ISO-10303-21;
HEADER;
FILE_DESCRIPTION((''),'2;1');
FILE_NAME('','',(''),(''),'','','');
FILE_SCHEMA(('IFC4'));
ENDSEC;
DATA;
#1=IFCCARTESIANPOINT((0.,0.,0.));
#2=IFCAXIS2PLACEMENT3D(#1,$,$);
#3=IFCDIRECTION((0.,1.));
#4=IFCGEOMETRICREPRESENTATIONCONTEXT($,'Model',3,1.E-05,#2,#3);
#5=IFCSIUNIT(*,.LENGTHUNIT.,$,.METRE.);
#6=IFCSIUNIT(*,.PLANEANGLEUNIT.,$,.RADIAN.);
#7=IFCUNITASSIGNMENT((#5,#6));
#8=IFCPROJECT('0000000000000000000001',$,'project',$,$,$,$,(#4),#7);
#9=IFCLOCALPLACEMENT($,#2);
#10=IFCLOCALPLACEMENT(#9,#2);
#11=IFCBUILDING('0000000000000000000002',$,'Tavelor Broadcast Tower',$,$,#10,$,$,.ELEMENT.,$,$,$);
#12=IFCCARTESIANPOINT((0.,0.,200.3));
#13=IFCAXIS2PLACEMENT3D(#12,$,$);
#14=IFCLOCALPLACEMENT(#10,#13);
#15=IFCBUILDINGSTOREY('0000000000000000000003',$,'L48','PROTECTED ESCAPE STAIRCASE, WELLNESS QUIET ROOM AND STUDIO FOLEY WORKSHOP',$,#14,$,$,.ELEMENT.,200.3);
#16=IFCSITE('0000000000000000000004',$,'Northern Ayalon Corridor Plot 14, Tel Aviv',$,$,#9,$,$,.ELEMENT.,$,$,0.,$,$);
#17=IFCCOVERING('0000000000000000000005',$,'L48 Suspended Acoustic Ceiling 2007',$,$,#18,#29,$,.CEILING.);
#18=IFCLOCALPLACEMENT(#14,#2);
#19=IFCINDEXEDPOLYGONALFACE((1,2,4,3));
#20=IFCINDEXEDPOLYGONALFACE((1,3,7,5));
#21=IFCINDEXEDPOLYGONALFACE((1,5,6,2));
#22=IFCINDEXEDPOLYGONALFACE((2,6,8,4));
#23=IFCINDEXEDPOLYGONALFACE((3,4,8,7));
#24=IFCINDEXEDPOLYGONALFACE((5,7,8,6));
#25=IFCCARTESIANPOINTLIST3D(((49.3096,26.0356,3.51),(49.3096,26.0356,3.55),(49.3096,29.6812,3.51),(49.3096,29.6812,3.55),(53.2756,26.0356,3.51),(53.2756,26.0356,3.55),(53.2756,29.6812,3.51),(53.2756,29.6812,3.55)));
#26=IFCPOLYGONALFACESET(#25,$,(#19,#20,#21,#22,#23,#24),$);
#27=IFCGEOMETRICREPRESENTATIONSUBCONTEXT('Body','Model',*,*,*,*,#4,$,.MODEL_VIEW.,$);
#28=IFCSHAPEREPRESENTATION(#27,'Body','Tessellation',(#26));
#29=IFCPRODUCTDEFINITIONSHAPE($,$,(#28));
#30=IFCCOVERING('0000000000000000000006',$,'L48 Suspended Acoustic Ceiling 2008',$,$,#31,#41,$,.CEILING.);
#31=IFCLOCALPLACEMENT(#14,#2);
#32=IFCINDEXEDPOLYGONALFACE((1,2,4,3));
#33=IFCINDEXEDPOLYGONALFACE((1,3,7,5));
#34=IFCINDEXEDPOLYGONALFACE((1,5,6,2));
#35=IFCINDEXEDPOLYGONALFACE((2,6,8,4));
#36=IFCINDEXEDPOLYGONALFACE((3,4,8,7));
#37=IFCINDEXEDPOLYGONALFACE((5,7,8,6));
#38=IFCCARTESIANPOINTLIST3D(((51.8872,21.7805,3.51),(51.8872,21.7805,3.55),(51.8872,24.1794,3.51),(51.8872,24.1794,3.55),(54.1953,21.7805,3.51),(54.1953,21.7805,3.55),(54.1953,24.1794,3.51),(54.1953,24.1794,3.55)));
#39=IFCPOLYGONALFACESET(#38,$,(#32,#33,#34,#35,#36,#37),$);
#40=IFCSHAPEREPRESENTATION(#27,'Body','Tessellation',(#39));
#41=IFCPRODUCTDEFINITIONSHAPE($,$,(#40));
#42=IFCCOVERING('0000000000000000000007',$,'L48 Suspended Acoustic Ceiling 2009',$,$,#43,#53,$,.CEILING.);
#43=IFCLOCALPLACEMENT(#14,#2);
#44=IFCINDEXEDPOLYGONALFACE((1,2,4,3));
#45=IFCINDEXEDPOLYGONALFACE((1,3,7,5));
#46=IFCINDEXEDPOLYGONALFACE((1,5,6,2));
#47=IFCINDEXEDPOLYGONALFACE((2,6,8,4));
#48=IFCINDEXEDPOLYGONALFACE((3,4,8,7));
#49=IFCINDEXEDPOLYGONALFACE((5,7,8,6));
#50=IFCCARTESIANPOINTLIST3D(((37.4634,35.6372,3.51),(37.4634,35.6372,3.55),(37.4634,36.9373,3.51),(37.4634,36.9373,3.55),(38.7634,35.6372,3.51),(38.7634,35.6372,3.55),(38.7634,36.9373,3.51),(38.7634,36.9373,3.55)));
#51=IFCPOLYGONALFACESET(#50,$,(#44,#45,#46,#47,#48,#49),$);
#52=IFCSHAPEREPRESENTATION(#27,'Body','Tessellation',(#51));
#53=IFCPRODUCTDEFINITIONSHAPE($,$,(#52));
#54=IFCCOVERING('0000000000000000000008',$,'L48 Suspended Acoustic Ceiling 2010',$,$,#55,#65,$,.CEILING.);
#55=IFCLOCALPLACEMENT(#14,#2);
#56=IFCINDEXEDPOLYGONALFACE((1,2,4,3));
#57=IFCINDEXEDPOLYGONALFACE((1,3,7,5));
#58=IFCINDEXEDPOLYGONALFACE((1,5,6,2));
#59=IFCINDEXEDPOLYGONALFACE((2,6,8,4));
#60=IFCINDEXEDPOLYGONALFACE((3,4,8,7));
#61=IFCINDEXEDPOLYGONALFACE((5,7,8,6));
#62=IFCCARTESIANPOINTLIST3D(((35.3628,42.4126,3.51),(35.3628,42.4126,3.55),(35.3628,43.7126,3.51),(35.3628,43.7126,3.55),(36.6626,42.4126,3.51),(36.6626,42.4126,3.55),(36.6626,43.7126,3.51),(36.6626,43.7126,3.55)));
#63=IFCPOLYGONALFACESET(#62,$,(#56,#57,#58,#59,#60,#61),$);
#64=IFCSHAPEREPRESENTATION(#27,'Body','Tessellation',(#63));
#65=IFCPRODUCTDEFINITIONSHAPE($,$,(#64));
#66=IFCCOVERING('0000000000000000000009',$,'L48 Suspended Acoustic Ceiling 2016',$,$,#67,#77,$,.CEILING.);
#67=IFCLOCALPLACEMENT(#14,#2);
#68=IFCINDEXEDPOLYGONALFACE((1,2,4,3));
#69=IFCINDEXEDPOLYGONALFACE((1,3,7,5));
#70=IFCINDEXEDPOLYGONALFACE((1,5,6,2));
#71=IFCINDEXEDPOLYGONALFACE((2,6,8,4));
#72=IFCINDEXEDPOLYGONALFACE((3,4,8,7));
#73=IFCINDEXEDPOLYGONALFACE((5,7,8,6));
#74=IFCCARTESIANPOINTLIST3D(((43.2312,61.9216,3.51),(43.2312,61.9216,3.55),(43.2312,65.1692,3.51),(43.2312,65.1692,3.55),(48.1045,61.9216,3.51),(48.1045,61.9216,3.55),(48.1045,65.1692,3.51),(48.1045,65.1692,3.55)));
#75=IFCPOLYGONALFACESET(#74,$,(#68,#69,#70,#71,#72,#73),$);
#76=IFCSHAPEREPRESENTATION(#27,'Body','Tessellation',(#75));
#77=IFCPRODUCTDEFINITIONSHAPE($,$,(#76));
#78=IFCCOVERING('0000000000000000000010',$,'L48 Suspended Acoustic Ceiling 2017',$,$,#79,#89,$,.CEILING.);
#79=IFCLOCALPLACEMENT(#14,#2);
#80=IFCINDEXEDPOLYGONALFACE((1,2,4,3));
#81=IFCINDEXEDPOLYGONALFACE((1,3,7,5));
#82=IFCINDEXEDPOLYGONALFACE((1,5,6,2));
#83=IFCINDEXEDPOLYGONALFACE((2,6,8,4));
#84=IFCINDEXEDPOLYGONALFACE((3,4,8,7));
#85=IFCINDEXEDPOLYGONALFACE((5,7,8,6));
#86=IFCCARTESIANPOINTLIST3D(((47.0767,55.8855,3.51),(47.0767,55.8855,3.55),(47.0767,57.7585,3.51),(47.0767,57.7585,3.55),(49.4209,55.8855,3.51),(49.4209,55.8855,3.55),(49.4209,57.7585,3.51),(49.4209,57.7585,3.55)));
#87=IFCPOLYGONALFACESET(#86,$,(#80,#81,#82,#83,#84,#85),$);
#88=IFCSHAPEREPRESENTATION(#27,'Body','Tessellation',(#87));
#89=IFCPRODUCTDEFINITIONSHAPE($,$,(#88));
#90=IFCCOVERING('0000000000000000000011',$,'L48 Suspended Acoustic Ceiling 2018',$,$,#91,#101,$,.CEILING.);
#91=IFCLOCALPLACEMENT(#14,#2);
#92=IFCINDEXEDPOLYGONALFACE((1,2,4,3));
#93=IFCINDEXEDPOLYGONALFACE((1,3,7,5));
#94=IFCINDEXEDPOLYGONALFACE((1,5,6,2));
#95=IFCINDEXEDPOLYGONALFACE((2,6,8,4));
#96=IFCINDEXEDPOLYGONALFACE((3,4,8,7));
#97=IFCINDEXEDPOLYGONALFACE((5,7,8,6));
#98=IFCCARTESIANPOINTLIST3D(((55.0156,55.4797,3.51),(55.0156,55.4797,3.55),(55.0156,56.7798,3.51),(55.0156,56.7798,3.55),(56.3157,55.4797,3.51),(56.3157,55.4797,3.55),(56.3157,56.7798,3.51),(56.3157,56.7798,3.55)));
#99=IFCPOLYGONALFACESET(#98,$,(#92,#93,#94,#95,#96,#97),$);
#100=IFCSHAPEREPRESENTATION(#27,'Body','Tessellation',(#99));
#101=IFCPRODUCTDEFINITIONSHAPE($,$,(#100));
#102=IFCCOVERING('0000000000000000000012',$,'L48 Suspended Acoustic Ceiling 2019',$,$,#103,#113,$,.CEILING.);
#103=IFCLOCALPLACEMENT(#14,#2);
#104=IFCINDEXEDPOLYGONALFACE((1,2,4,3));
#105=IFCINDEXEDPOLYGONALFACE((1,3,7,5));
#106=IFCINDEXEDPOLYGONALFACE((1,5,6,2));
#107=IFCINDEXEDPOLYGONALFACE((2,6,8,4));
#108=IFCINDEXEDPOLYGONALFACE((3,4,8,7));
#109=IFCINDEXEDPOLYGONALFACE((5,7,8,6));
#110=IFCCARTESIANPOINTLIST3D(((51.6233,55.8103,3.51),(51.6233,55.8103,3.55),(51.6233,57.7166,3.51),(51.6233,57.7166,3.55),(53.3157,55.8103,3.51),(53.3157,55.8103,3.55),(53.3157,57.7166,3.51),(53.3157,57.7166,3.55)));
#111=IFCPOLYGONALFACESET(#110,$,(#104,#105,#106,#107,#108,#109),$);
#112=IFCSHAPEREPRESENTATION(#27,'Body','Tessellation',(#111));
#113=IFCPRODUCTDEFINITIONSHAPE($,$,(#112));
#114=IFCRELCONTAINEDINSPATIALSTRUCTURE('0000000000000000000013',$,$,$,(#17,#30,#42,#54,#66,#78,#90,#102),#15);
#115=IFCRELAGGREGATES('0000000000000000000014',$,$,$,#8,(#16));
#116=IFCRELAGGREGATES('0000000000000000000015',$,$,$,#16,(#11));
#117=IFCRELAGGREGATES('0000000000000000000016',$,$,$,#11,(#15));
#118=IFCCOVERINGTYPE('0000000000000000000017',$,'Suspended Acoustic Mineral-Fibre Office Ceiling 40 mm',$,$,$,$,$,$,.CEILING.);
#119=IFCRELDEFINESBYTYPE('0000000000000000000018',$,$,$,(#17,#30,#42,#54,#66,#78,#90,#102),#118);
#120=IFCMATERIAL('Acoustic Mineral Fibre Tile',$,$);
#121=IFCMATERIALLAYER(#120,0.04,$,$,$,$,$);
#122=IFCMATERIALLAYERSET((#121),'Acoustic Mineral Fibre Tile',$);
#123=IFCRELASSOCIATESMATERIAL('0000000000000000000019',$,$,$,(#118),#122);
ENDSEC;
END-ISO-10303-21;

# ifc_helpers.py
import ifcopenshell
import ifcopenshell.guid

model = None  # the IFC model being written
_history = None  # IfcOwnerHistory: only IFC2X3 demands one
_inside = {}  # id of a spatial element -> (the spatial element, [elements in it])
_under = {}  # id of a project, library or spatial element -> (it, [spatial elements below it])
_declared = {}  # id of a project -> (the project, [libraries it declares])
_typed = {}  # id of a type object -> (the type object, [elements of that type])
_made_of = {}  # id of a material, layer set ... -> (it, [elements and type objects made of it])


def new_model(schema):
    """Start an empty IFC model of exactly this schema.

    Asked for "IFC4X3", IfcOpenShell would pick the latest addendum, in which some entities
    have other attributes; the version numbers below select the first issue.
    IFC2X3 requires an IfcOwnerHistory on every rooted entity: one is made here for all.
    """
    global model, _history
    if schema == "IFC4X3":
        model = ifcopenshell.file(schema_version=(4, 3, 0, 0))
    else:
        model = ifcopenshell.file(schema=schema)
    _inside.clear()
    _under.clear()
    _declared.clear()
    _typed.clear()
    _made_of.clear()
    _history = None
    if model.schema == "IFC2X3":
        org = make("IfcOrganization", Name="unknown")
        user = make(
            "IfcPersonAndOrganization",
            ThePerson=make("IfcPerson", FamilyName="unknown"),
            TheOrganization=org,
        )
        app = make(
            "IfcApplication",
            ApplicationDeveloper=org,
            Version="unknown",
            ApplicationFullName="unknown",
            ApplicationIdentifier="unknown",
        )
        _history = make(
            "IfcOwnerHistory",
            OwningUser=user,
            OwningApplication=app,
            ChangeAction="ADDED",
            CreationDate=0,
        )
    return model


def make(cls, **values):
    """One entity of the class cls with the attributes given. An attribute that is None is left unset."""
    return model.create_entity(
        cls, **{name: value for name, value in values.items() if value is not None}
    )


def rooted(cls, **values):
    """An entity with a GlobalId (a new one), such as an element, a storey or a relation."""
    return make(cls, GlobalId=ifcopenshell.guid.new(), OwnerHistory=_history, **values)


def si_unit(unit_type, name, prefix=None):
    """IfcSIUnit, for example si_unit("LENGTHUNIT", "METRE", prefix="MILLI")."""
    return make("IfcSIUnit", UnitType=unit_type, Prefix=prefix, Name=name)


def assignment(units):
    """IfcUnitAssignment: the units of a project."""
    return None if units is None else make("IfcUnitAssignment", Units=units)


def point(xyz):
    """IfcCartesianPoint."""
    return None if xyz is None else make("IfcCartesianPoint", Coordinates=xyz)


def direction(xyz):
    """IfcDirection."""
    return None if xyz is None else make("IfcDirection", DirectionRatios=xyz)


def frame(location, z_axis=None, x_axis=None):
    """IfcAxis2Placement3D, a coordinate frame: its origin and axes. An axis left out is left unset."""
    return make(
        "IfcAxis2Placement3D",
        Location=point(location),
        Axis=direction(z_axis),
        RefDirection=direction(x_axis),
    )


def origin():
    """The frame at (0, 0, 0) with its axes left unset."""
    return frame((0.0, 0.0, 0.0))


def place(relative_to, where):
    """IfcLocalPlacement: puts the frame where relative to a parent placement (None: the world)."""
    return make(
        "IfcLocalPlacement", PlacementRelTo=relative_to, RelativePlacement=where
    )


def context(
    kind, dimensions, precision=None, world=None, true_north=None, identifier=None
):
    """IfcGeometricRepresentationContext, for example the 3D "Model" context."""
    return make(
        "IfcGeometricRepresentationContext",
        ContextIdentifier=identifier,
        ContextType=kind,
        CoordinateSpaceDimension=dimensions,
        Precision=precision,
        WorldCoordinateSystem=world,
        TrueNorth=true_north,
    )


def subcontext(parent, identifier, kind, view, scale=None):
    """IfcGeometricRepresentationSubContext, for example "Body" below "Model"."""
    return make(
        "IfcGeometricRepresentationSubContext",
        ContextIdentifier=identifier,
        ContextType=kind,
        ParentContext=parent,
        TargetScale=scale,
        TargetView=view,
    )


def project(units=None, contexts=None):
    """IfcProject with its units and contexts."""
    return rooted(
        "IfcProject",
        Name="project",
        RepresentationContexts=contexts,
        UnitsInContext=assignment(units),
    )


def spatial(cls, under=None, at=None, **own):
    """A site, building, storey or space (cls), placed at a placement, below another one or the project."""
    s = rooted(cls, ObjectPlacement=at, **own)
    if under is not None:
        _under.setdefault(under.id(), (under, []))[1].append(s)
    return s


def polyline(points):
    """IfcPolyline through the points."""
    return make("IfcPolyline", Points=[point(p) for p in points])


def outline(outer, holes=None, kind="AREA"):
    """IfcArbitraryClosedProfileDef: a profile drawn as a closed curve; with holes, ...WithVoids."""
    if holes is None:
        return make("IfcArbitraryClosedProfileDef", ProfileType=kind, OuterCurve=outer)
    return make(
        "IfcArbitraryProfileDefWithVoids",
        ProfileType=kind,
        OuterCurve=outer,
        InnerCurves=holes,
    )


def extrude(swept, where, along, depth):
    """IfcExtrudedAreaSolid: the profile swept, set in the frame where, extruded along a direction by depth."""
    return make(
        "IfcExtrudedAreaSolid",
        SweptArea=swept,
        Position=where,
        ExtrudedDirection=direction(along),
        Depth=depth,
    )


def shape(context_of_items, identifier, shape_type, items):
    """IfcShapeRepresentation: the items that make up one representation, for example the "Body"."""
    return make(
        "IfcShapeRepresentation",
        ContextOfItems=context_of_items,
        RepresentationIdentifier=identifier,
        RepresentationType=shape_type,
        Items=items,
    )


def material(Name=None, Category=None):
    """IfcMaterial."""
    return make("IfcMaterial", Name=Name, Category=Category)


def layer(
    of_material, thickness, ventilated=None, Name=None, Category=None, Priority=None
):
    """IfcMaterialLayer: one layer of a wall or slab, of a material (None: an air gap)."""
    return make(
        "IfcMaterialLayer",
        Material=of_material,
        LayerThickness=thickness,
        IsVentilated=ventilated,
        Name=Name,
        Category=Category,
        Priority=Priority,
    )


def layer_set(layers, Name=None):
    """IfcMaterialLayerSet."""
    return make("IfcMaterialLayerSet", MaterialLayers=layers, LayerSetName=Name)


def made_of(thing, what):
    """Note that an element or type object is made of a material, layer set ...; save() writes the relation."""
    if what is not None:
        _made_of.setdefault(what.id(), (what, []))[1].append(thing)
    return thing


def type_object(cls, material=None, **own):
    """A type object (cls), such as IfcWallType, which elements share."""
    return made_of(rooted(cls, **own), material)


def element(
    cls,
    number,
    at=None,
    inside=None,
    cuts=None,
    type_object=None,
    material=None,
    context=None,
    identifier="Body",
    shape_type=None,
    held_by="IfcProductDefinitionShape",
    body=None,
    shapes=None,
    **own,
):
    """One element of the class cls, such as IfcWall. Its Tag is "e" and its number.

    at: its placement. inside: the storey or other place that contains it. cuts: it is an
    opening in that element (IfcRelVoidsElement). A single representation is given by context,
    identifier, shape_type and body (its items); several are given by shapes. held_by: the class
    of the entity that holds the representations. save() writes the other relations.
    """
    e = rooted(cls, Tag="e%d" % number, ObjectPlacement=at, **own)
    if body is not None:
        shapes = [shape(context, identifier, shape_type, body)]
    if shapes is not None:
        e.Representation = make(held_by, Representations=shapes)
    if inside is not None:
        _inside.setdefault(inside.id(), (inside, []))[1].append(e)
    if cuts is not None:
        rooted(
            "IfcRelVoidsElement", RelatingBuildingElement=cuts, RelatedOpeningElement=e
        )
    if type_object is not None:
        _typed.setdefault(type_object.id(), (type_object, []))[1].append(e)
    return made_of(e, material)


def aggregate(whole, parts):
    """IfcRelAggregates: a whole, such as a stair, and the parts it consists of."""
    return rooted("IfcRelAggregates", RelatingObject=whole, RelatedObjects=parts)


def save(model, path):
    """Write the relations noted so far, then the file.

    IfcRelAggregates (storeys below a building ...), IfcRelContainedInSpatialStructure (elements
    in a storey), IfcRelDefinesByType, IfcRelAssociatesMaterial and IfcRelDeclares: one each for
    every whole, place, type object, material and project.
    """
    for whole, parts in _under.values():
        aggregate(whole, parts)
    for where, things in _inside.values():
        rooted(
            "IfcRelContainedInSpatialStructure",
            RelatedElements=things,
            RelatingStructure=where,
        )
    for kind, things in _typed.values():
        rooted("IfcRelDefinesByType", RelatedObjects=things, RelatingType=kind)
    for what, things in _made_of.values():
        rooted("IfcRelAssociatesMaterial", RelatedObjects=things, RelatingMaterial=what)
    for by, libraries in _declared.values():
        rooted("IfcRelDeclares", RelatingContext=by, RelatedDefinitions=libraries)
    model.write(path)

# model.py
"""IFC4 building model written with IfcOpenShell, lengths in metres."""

from ifc_helpers import new_model, si_unit, direction, frame, origin, place, context, subcontext, project, spatial, polyline, outline, extrude, material, layer, layer_set, type_object, element, save


model = new_model("IFC4")

# Units and contexts
model_context = context("Model", 3, precision=1e-05, world=origin(), true_north=direction((0.0, 1.0)))
body_context = subcontext(model_context, "Body", "Model", "MODEL_VIEW")
ifc_project = project(units=[si_unit("LENGTHUNIT", "METRE"), si_unit("PLANEANGLEUNIT", "RADIAN")], contexts=[model_context])

# Site, building, storey
site_placement = place(None, origin())
site = spatial("IfcSite", under=ifc_project, at=site_placement, Name="Northern Ayalon Corridor Plot 14, Tel Aviv", CompositionType="ELEMENT", RefElevation=0.0)
building_placement = place(site_placement, origin())
building = spatial("IfcBuilding", under=site, at=building_placement, Name="Tavelor Broadcast Tower", CompositionType="ELEMENT")
storey_placement = place(building_placement, frame((0.0, 0.0, 200.3)))
storey = spatial("IfcBuildingStorey", under=building, at=storey_placement, Name="L48", Description="PROTECTED ESCAPE STAIRCASE, WELLNESS QUIET ROOM AND STUDIO FOLEY WORKSHOP", CompositionType="ELEMENT", Elevation=200.3)

# Coverings
ifc_material_1 = material(Name="Acoustic Mineral Fibre Tile")
ifc_layer_1 = layer(ifc_material_1, 0.04)
ifc_layer_set_1 = layer_set([ifc_layer_1], Name="Acoustic Mineral Fibre Tile")
covering_type_1 = type_object("IfcCoveringType", Name="Suspended Acoustic Mineral-Fibre Office Ceiling 40 mm", PredefinedType="CEILING", material=ifc_layer_set_1)
covering_1_placement = place(storey_placement, frame((0.0, 0.0, 3.51)))
element("IfcCovering", 1, at=covering_1_placement, inside=storey, type_object=covering_type_1, Name="L48 Suspended Acoustic Ceiling 2007", PredefinedType="CEILING", context=body_context, shape_type="SweptSolid", body=[
    extrude(outline(polyline([(49.3096, 26.0356), (53.2756, 26.0356), (53.2756, 29.6812), (49.3096, 29.6812), (49.3096, 26.0356)])), origin(), (0.0, 0.0, 1.0), 0.04),
])
covering_2_placement = place(storey_placement, frame((0.0, 0.0, 3.51)))
element("IfcCovering", 2, at=covering_2_placement, inside=storey, type_object=covering_type_1, Name="L48 Suspended Acoustic Ceiling 2008", PredefinedType="CEILING", context=body_context, shape_type="SweptSolid", body=[
    extrude(outline(polyline([(51.8872, 21.7805), (54.1953, 21.7805), (54.1953, 24.1794), (51.8872, 24.1794), (51.8872, 21.7805)])), origin(), (0.0, 0.0, 1.0), 0.04),
])
covering_3_placement = place(storey_placement, frame((0.0, 0.0, 3.51)))
element("IfcCovering", 3, at=covering_3_placement, inside=storey, type_object=covering_type_1, Name="L48 Suspended Acoustic Ceiling 2009", PredefinedType="CEILING", context=body_context, shape_type="SweptSolid", body=[
    extrude(outline(polyline([(37.4634, 35.6372), (38.7634, 35.6372), (38.7634, 36.9373), (37.4634, 36.9373), (37.4634, 35.6372)])), origin(), (0.0, 0.0, 1.0), 0.04),
])
covering_4_placement = place(storey_placement, frame((0.0, 0.0, 3.51)))
element("IfcCovering", 4, at=covering_4_placement, inside=storey, type_object=covering_type_1, Name="L48 Suspended Acoustic Ceiling 2010", PredefinedType="CEILING", context=body_context, shape_type="SweptSolid", body=[
    extrude(outline(polyline([(35.3628, 42.4126), (36.6626, 42.4126), (36.6626, 43.7126), (35.3628, 43.7126), (35.3628, 42.4126)])), origin(), (0.0, 0.0, 1.0), 0.04),
])
covering_5_placement = place(storey_placement, frame((0.0, 0.0, 3.51)))
element("IfcCovering", 5, at=covering_5_placement, inside=storey, type_object=covering_type_1, Name="L48 Suspended Acoustic Ceiling 2016", PredefinedType="CEILING", context=body_context, shape_type="SweptSolid", body=[
    extrude(outline(polyline([(43.2312, 61.9216), (48.1045, 61.9216), (48.1045, 65.1692), (43.2312, 65.1692), (43.2312, 61.9216)])), origin(), (0.0, 0.0, 1.0), 0.04),
])
covering_6_placement = place(storey_placement, frame((0.0, 0.0, 3.51)))
element("IfcCovering", 6, at=covering_6_placement, inside=storey, type_object=covering_type_1, Name="L48 Suspended Acoustic Ceiling 2017", PredefinedType="CEILING", context=body_context, shape_type="SweptSolid", body=[
    extrude(outline(polyline([(47.0767, 55.8855), (49.4209, 55.8855), (49.4209, 57.7585), (47.0767, 57.7585), (47.0767, 55.8855)])), origin(), (0.0, 0.0, 1.0), 0.04),
])
covering_7_placement = place(storey_placement, frame((0.0, 0.0, 3.51)))
element("IfcCovering", 7, at=covering_7_placement, inside=storey, type_object=covering_type_1, Name="L48 Suspended Acoustic Ceiling 2018", PredefinedType="CEILING", context=body_context, shape_type="SweptSolid", body=[
    extrude(outline(polyline([(55.0156, 55.4797), (56.3157, 55.4797), (56.3157, 56.7798), (55.0156, 56.7798), (55.0156, 55.4797)])), origin(), (0.0, 0.0, 1.0), 0.04),
])
covering_8_placement = place(storey_placement, frame((0.0, 0.0, 3.51)))
element("IfcCovering", 8, at=covering_8_placement, inside=storey, type_object=covering_type_1, Name="L48 Suspended Acoustic Ceiling 2019", PredefinedType="CEILING", context=body_context, shape_type="SweptSolid", body=[
    extrude(outline(polyline([(51.6233, 55.8103), (53.3157, 55.8103), (53.3157, 57.7166), (51.6233, 57.7166), (51.6233, 55.8103)])), origin(), (0.0, 0.0, 1.0), 0.04),
])

save(model, "model.ifc")
